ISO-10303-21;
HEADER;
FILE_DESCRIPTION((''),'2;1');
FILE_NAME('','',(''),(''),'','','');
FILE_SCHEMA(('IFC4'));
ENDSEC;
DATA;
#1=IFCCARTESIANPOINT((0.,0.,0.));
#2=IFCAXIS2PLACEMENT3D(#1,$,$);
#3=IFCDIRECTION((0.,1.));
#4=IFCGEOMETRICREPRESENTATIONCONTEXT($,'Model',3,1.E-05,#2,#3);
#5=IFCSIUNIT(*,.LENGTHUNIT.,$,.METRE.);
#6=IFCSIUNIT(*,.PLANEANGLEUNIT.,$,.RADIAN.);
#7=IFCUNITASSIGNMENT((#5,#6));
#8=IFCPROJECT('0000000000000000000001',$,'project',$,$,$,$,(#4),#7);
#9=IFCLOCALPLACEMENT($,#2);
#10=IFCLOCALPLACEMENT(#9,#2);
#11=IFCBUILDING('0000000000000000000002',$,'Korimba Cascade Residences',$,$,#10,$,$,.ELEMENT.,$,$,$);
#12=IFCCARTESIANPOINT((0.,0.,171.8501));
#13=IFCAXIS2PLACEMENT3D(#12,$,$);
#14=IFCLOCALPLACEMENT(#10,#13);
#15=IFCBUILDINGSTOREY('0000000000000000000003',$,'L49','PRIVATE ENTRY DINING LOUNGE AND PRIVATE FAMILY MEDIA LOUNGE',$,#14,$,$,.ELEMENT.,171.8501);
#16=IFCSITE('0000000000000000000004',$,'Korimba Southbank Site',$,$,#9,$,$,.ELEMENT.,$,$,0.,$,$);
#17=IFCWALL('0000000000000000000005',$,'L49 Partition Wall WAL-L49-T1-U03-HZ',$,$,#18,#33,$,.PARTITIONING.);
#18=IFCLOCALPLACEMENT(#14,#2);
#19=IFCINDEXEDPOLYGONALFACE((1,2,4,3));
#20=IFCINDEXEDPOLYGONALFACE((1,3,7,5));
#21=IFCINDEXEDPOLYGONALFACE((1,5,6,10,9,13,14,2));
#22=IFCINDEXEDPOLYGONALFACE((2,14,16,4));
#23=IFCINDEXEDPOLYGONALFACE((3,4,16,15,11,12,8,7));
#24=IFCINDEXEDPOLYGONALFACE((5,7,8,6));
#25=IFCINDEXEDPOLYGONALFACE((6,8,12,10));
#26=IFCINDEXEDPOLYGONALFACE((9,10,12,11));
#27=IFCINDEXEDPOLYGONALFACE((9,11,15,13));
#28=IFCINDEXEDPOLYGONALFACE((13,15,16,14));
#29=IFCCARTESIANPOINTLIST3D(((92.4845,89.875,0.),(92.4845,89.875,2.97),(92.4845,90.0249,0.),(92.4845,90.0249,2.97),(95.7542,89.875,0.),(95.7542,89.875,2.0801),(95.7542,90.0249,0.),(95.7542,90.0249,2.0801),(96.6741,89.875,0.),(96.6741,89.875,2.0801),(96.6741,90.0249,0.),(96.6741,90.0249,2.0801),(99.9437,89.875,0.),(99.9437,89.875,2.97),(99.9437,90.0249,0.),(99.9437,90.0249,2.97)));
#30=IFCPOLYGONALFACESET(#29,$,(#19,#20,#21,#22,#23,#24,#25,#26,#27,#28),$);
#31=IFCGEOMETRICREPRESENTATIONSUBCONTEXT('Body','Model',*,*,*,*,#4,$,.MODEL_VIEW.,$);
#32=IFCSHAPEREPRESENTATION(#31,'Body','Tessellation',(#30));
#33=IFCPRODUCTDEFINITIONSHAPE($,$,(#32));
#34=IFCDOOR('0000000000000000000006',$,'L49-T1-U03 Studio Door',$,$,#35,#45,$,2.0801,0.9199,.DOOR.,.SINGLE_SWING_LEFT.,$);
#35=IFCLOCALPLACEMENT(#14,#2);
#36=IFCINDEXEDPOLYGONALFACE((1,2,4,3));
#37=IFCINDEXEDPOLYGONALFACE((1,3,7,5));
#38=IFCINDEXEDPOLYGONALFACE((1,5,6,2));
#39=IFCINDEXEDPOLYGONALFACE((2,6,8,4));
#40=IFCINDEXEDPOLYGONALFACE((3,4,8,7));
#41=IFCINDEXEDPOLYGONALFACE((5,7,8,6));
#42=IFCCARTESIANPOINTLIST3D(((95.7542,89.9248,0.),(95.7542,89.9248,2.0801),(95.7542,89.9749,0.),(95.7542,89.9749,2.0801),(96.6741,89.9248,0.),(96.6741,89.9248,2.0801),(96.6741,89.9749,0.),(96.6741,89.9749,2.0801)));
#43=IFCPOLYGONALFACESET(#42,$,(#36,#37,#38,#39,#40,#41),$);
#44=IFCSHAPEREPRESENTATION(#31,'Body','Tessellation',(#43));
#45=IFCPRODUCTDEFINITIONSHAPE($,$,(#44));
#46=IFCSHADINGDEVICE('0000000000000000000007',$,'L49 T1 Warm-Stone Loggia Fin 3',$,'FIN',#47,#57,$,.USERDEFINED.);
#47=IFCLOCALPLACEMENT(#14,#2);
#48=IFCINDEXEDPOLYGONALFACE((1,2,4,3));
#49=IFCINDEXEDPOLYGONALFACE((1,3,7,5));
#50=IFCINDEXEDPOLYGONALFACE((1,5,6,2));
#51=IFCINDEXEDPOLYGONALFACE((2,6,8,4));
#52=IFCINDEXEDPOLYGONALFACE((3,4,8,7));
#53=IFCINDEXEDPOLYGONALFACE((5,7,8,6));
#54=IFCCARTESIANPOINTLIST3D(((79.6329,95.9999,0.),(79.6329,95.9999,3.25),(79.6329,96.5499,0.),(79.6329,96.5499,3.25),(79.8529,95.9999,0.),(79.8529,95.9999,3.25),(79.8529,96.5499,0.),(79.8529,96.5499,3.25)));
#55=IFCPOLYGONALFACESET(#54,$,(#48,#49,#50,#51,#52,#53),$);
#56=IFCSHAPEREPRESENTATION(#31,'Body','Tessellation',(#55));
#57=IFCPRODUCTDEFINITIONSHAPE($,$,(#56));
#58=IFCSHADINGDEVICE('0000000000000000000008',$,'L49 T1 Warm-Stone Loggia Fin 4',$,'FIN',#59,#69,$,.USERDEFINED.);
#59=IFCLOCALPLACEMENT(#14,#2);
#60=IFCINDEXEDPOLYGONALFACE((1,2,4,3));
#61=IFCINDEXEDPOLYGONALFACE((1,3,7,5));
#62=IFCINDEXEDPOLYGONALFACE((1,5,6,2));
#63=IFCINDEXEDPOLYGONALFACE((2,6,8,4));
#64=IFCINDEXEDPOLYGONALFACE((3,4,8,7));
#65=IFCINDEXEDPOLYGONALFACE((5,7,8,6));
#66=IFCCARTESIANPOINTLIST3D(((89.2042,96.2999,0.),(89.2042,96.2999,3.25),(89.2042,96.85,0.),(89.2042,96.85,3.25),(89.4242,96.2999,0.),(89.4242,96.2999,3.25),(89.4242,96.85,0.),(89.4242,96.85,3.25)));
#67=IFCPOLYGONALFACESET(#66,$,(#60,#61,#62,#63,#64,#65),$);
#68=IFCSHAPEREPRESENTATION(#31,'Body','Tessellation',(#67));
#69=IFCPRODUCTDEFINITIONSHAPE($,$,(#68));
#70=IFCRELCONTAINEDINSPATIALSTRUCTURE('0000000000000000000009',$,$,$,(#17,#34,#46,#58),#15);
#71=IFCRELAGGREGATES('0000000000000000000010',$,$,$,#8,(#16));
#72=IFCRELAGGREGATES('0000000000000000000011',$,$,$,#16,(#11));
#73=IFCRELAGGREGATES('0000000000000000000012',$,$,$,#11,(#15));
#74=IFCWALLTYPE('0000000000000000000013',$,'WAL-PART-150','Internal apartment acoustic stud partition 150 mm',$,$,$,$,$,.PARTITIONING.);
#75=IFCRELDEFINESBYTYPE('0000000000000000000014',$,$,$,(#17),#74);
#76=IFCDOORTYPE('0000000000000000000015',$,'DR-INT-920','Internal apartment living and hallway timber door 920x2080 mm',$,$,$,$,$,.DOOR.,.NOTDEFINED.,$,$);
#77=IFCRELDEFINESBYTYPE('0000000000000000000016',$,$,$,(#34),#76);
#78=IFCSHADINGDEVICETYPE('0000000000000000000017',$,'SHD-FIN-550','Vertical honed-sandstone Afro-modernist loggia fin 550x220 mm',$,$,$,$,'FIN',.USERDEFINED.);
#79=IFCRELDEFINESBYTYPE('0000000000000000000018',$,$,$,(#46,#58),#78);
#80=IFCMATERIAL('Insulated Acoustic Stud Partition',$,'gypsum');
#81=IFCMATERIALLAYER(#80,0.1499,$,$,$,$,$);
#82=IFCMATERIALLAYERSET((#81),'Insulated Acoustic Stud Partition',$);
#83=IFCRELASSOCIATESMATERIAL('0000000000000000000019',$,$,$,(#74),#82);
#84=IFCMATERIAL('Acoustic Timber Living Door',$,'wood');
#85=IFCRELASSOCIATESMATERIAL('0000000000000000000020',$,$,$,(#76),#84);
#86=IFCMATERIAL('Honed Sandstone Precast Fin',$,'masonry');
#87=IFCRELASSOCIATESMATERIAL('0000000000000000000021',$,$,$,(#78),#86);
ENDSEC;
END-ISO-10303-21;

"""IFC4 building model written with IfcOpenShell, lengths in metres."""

from ifc_helpers import new_model, si_unit, direction, frame, frame_2d, origin, origin_2d, place, context, subcontext, project, spatial, rectangle, extrude, material, layer, layer_set, type_object, element, fill, save


model = new_model("IFC4")

# Units and contexts
model_context = context("Model", 3, precision=1e-05, world=origin(), true_north=direction((0.0, 1.0)))
body_context = subcontext(model_context, "Body", "Model", "MODEL_VIEW")
ifc_project = project(units=[si_unit("LENGTHUNIT", "METRE"), si_unit("PLANEANGLEUNIT", "RADIAN")], contexts=[model_context])

# Site, building, storey
site_placement = place(None, origin())
site = spatial("IfcSite", under=ifc_project, at=site_placement, Name="Korimba Southbank Site", CompositionType="ELEMENT", RefElevation=0.0)
building_placement = place(site_placement, origin())
building = spatial("IfcBuilding", under=site, at=building_placement, Name="Korimba Cascade Residences", CompositionType="ELEMENT")
storey_placement = place(building_placement, frame((0.0, 0.0, 171.8501)))
storey = spatial("IfcBuildingStorey", under=building, at=storey_placement, Name="L49", Description="PRIVATE ENTRY DINING LOUNGE AND PRIVATE FAMILY MEDIA LOUNGE", CompositionType="ELEMENT", Elevation=171.8501)

# Shared definitions
ifc_material_1 = material(Name="Insulated Acoustic Stud Partition", Category="gypsum")
ifc_layer_1 = layer(ifc_material_1, 0.1499)
ifc_layer_set_1 = layer_set([ifc_layer_1], Name="Insulated Acoustic Stud Partition")
wall_type_1 = type_object("IfcWallType", Name="WAL-PART-150", Description="Internal apartment acoustic stud partition 150 mm", PredefinedType="PARTITIONING", material=ifc_layer_set_1)

# Wall, opening, door
ifc_material_2 = material(Name="Acoustic Timber Living Door", Category="wood")
door_type_1 = type_object("IfcDoorType", Name="DR-INT-920", Description="Internal apartment living and hallway timber door 920x2080 mm", OperationType="NOTDEFINED", PredefinedType="DOOR", material=ifc_material_2)
wall_1_placement = place(storey_placement, frame((92.4846, 89.95, 0.0), z_axis=(0.0, 0.0, 1.0), x_axis=(1.0, 0.0, 0.0)))
wall_1 = element("IfcWall", 1, at=wall_1_placement, inside=storey, type_object=wall_type_1, Name="L49 Partition Wall WAL-L49-T1-U03-HZ", PredefinedType="PARTITIONING", context=body_context, shape_type="SweptSolid", body=[
    extrude(rectangle(XDim=7.4592, YDim=0.1499, at=frame_2d((3.7295, 0.0))), origin(), (0.0, 0.0, 1.0), 2.97),
])
opening_1_placement = place(wall_1_placement, frame((3.2695, 0.0, 0.0)))
opening_1 = element("IfcOpeningElement", 2, at=opening_1_placement, cuts=wall_1, PredefinedType="OPENING", context=body_context, shape_type="SweptSolid", body=[
    extrude(rectangle(XDim=0.9199, YDim=2.0801, at=frame_2d((0.46, 1.04))), frame((0.0, 0.085, 0.0), z_axis=(0.0, -1.0, 0.0), x_axis=(1.0, 0.0, 0.0)), (0.0, 0.0, 1.0), 0.1699),
])
door_1_placement = place(opening_1_placement, origin())
door_1 = element("IfcDoor", 3, at=door_1_placement, inside=storey, type_object=door_type_1, Name="L49-T1-U03 Studio Door", OperationType="SINGLE_SWING_LEFT", OverallHeight=2.0801, OverallWidth=0.9199, PredefinedType="DOOR", context=body_context, shape_type="SweptSolid", body=[
    extrude(rectangle(XDim=0.9199, YDim=2.0801, at=frame_2d((0.46, 1.04))), frame((0.0, 0.0249, 0.0), z_axis=(0.0, -1.0, 0.0), x_axis=(1.0, 0.0, 0.0)), (0.0, 0.0, 1.0), 0.05),
])
fill(opening_1, door_1)

# Shading devices
ifc_material_3 = material(Name="Honed Sandstone Precast Fin", Category="masonry")
shading_device_type = type_object("IfcShadingDeviceType", Name="SHD-FIN-550", Description="Vertical honed-sandstone Afro-modernist loggia fin 550x220 mm", ElementType="FIN", PredefinedType="USERDEFINED", material=ifc_material_3)
for number, where, z_axis, x_axis, name in (
    (4, (79.7429, 96.2749, 0.0), (0.0, 0.0, 1.0), (1.0, 0.0, 0.0), "L49 T1 Warm-Stone Loggia Fin 3"),
    (5, (89.3142, 96.575, 0.0), (0.0, 0.0, 1.0), (1.0, 0.0, 0.0), "L49 T1 Warm-Stone Loggia Fin 4"),
):
    element("IfcShadingDevice", number, at=place(storey_placement, frame(where, z_axis=z_axis, x_axis=x_axis)), inside=storey, type_object=shading_device_type, Name=name, ObjectType="FIN", PredefinedType="USERDEFINED", context=body_context, shape_type="SweptSolid", body=[
        extrude(rectangle(XDim=0.22, YDim=0.55, at=origin_2d()), origin(), (0.0, 0.0, 1.0), 3.25),
    ])

save(model, "model.ifc")
